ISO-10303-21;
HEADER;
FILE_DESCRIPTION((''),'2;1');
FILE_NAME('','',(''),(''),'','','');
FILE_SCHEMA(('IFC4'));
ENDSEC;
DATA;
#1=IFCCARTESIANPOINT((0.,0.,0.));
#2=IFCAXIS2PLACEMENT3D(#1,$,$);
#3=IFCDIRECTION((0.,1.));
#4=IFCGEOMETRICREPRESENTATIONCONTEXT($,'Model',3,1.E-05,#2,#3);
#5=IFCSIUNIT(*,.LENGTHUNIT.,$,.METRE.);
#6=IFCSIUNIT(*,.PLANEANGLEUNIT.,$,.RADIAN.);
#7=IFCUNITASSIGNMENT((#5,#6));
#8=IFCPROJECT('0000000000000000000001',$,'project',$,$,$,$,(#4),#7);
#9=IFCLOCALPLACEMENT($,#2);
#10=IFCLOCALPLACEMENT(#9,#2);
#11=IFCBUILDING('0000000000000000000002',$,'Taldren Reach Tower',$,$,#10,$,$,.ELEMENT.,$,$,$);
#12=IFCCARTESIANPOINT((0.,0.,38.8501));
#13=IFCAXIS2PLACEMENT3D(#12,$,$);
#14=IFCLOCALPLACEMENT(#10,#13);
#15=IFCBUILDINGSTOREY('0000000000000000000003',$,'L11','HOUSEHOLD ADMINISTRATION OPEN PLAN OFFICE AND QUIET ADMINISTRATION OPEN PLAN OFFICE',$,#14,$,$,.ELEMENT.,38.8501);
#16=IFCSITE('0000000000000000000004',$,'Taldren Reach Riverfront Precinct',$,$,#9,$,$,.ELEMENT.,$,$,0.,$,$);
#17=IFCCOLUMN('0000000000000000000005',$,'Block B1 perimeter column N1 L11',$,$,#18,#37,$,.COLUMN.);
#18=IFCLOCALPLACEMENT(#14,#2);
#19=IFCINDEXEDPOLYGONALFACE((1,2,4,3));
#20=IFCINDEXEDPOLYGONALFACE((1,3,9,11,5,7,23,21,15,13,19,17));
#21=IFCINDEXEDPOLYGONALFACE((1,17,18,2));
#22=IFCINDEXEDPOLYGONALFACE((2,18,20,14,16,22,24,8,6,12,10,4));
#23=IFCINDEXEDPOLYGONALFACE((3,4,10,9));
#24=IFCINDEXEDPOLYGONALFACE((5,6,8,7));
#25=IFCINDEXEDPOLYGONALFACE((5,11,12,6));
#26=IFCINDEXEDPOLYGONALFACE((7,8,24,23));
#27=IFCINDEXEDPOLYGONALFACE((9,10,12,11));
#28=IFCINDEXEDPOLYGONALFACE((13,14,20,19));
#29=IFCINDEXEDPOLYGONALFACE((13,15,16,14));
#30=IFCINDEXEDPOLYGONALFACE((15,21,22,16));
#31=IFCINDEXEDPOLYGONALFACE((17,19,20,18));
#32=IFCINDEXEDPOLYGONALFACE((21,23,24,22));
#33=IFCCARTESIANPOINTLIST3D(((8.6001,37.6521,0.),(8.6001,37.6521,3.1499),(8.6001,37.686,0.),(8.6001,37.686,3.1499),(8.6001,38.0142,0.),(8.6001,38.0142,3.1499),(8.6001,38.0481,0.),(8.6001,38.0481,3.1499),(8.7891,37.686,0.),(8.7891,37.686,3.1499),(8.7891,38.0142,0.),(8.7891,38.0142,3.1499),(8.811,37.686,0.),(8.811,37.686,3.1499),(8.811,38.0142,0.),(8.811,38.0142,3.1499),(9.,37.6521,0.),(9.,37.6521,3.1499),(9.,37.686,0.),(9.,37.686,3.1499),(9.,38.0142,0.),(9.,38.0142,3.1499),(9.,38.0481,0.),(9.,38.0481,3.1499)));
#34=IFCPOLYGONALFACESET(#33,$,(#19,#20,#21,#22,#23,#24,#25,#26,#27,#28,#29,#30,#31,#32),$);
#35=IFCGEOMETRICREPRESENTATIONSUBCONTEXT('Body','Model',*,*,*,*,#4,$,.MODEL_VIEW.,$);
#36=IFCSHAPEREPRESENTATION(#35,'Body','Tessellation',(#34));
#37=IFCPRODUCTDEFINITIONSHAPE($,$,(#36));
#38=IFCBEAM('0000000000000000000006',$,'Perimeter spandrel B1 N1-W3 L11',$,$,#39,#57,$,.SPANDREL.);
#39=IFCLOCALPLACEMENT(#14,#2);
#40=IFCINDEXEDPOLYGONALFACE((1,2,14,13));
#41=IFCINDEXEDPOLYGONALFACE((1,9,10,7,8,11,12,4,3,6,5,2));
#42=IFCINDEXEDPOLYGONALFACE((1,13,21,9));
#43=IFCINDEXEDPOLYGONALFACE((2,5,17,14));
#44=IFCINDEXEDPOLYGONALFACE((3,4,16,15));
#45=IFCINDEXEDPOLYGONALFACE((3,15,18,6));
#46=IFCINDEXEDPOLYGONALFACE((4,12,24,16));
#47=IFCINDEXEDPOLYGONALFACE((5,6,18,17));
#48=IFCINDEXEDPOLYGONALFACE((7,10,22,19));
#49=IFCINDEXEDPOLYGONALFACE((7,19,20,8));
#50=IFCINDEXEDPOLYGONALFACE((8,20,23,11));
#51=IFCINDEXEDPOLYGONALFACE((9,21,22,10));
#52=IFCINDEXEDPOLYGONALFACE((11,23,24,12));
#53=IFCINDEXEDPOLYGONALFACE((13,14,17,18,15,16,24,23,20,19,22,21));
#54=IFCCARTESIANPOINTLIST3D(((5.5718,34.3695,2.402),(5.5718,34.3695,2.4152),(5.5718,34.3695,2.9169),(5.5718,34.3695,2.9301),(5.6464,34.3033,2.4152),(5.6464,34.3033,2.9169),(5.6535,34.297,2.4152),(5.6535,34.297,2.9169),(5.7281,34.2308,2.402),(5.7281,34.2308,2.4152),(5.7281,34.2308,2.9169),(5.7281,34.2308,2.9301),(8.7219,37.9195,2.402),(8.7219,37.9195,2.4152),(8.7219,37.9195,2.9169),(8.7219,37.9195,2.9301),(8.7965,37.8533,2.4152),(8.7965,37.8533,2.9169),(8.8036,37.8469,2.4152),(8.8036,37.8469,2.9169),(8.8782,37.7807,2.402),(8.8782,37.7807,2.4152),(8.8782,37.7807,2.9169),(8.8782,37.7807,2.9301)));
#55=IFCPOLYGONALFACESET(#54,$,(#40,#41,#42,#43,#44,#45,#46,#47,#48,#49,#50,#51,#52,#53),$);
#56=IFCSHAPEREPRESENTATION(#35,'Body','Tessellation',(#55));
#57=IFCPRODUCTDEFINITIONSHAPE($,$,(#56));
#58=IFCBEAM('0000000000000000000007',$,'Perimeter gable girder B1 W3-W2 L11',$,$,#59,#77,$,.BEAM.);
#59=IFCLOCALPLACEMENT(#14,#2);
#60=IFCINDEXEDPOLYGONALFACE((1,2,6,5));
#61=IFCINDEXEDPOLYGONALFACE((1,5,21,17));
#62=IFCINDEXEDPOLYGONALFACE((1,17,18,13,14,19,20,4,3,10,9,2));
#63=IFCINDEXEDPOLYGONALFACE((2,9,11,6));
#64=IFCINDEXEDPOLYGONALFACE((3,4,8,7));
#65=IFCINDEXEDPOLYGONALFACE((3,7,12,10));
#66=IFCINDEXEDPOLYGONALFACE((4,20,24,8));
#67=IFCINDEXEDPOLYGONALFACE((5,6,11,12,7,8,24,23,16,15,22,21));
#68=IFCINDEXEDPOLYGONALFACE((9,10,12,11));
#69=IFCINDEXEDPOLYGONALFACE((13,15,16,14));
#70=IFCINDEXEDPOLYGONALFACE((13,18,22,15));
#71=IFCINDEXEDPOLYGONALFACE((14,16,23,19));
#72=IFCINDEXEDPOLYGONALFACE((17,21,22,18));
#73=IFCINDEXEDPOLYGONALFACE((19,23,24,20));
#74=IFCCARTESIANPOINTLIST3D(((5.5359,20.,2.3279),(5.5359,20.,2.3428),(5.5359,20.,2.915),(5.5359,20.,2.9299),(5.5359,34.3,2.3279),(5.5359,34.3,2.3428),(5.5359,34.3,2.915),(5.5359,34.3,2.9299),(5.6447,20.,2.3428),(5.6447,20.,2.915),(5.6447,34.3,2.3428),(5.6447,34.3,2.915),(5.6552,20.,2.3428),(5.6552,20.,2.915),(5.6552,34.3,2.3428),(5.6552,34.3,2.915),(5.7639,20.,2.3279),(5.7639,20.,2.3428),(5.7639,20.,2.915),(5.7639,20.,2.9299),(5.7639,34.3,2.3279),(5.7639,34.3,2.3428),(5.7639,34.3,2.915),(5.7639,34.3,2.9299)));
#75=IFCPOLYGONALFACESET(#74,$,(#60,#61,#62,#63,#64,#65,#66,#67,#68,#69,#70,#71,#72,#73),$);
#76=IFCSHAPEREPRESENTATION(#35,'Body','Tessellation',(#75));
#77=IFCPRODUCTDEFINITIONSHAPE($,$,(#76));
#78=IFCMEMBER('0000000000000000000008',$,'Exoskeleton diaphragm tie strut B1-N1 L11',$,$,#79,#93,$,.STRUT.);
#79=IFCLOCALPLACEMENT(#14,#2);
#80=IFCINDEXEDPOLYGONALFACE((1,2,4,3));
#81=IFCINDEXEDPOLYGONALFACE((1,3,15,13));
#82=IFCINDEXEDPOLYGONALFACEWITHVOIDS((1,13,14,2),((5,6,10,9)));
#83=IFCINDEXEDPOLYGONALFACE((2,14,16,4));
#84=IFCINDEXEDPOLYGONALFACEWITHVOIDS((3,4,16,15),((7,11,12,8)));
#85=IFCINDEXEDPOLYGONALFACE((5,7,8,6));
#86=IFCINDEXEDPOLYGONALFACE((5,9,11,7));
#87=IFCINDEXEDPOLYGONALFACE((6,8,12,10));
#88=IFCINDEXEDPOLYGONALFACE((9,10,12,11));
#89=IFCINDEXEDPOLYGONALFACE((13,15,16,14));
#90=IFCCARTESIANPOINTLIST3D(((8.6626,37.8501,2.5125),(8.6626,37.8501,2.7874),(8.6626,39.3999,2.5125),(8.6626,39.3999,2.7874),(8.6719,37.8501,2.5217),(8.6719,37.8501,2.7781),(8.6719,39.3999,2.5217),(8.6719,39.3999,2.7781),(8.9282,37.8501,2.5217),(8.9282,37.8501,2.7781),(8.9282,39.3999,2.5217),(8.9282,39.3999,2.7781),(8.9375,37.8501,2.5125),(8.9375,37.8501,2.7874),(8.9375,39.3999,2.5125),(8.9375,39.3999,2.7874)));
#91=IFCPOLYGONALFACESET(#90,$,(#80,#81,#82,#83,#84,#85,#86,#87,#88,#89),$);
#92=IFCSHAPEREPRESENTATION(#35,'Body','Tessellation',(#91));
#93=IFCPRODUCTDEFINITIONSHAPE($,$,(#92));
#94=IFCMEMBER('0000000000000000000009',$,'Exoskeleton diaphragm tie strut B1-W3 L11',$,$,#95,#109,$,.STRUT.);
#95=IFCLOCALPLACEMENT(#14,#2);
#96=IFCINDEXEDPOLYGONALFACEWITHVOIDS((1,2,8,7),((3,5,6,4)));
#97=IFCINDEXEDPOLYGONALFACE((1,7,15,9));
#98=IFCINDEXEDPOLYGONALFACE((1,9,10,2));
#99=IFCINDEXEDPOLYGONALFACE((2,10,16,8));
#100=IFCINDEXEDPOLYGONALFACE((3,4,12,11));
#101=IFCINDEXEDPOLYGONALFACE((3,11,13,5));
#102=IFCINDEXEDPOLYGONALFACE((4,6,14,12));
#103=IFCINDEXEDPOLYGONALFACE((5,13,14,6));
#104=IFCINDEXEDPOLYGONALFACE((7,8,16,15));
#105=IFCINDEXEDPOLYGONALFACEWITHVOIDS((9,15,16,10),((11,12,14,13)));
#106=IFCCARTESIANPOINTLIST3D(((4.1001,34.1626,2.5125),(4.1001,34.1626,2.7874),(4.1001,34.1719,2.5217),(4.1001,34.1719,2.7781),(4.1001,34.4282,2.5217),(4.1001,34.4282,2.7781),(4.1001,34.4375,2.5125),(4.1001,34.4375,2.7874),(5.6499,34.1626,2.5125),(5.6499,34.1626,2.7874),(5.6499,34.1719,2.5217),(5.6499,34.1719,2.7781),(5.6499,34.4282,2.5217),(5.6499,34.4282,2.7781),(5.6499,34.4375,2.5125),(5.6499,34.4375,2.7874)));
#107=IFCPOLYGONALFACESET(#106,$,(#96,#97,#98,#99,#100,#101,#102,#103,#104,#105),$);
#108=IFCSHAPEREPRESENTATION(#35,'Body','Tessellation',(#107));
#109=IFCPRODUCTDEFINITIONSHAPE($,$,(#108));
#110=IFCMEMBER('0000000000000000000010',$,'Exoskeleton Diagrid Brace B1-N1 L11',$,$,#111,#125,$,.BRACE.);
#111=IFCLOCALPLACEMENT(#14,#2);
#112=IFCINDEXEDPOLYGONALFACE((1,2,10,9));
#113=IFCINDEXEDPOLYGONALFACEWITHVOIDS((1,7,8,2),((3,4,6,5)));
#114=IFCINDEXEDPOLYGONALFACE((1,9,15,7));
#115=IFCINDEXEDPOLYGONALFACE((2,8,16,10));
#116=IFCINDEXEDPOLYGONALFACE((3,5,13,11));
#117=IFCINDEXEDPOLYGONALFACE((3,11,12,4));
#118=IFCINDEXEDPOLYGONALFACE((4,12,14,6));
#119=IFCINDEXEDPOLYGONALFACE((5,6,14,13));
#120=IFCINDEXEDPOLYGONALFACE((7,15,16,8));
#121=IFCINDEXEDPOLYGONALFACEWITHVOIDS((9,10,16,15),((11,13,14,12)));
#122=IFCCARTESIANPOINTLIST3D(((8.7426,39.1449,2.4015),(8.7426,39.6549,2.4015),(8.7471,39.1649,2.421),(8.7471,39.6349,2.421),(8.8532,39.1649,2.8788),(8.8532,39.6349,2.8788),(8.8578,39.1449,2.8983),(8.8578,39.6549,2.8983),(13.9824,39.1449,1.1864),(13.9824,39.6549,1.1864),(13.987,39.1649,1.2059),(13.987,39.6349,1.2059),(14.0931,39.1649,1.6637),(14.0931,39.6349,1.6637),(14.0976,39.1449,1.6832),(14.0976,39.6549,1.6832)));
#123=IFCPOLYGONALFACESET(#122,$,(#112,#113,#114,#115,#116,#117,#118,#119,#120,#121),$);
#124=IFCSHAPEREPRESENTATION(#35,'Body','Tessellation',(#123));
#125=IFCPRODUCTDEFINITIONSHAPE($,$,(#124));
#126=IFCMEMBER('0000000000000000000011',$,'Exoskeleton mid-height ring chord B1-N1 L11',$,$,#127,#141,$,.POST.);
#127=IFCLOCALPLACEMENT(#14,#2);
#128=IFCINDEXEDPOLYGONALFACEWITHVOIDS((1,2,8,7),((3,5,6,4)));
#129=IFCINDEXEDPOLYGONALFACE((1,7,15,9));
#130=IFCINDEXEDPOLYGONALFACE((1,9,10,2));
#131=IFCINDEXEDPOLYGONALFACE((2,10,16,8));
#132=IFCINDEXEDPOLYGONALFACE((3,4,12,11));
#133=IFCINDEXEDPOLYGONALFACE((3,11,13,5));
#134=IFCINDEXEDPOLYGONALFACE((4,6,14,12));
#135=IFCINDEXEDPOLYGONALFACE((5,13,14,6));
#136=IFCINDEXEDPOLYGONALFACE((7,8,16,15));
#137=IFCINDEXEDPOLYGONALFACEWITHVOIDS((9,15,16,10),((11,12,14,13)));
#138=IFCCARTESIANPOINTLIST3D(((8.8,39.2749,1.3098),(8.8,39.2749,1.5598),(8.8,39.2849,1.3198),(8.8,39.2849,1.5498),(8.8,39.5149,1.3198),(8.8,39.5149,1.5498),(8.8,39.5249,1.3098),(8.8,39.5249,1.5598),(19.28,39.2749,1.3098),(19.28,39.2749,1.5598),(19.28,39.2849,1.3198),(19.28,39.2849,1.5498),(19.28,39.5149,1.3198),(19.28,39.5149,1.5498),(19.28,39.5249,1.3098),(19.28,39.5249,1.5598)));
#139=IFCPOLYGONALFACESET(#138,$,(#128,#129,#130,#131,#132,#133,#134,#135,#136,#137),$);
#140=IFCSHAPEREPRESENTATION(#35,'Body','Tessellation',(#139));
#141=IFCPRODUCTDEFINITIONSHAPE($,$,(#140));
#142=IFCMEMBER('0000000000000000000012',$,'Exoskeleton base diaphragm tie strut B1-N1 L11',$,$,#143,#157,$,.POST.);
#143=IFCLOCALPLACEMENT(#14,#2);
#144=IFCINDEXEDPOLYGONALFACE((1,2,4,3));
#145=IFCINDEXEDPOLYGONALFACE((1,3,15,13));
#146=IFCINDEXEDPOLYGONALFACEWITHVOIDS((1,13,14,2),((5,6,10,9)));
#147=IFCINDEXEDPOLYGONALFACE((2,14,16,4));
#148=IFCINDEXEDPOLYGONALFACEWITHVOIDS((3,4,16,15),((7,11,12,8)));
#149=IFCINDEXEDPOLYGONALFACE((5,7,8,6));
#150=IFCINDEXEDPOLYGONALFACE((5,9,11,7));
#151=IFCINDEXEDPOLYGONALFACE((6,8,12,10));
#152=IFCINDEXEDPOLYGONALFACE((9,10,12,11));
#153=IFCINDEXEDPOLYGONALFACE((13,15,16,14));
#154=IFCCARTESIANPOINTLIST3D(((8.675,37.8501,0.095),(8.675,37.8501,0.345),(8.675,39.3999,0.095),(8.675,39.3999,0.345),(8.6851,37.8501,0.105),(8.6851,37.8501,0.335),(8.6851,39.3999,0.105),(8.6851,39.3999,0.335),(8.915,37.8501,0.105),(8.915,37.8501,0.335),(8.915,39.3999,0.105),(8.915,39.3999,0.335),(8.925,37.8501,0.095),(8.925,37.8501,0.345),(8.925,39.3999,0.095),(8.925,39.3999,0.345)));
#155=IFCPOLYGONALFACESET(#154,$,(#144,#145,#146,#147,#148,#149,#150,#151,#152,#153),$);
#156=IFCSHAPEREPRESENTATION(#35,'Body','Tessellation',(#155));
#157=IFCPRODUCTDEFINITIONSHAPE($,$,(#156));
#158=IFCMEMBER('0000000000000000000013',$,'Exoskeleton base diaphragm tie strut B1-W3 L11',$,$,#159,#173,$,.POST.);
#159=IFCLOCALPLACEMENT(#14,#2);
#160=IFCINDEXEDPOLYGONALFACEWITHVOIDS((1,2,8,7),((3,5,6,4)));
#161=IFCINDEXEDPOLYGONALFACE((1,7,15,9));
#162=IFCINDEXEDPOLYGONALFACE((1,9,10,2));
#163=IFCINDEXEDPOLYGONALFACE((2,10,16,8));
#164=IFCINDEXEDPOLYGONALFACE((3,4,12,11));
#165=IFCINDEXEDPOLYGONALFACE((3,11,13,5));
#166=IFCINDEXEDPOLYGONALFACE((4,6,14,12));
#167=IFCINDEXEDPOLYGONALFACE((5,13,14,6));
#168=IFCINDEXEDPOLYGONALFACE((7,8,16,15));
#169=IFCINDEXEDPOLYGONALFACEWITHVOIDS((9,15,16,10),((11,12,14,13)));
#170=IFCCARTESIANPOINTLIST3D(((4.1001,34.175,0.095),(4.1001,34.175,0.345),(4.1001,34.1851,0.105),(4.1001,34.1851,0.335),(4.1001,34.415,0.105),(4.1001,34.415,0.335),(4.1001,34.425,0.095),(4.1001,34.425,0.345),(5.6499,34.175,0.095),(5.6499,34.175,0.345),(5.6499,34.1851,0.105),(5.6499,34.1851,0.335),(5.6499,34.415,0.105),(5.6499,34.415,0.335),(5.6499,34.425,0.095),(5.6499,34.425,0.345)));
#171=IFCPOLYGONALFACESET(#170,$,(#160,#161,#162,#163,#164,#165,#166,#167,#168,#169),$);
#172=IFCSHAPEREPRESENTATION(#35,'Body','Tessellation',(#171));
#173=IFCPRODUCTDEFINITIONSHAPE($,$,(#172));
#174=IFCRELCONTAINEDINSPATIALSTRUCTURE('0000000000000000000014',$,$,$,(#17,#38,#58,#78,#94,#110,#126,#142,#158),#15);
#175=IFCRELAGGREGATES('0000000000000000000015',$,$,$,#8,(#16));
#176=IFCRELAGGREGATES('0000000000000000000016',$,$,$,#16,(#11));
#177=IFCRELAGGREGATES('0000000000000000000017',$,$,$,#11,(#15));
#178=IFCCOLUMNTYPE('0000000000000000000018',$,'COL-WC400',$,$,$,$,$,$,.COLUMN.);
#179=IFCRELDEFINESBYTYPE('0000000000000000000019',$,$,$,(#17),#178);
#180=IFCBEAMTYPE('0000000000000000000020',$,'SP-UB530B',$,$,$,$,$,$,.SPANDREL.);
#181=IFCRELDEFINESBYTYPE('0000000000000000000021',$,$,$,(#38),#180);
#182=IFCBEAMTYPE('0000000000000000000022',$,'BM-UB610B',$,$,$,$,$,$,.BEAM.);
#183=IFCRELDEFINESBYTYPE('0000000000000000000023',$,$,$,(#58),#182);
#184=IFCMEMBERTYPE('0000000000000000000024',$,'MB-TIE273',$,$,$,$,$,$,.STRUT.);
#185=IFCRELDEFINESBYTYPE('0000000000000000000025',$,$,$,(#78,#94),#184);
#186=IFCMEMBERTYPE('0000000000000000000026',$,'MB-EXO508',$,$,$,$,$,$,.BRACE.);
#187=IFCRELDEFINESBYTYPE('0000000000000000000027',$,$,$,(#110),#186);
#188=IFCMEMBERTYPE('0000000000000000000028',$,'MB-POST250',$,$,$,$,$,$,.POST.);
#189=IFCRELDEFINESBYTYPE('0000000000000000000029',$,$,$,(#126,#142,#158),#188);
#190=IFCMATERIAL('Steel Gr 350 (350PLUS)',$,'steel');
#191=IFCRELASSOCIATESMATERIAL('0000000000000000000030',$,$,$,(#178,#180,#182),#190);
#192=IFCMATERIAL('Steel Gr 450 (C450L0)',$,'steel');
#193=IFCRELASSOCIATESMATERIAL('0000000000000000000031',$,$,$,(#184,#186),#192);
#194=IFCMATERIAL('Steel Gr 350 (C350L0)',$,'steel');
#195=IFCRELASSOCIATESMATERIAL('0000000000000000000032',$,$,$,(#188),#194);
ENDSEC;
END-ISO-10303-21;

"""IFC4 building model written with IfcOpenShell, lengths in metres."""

from ifc_helpers import new_model, si_unit, direction, frame, origin, origin_2d, place, context, subcontext, project, spatial, hollow_rectangle, i_section, extrude, source, transform, mapped, material, material_profile, profile_set, type_object, element, save


model = new_model("IFC4")

# Units and contexts
model_context = context("Model", 3, precision=1e-05, world=origin(), true_north=direction((0.0, 1.0)))
body_context = subcontext(model_context, "Body", "Model", "MODEL_VIEW")
ifc_project = project(units=[si_unit("LENGTHUNIT", "METRE"), si_unit("PLANEANGLEUNIT", "RADIAN")], contexts=[model_context])

# Site, building, storey
site_placement = place(None, origin())
site = spatial("IfcSite", under=ifc_project, at=site_placement, Name="Taldren Reach Riverfront Precinct", CompositionType="ELEMENT", RefElevation=0.0)
building_placement = place(site_placement, origin())
building = spatial("IfcBuilding", under=site, at=building_placement, Name="Taldren Reach Tower", CompositionType="ELEMENT")
storey_placement = place(building_placement, frame((0.0, 0.0, 38.8501)))
storey = spatial("IfcBuildingStorey", under=building, at=storey_placement, Name="L11", Description="HOUSEHOLD ADMINISTRATION OPEN PLAN OFFICE AND QUIET ADMINISTRATION OPEN PLAN OFFICE", CompositionType="ELEMENT", Elevation=38.8501)

# Column
ifc_material_1 = material(Name="Steel Gr 350 (350PLUS)", Category="steel")
ifc_material_profile_1 = material_profile(ifc_material_1, i_section(OverallWidth=0.3999, OverallDepth=0.396, WebThickness=0.022, FlangeThickness=0.0339, at=origin_2d()), Name="400WC270")
ifc_profile_set_1 = profile_set([ifc_material_profile_1], Name="Steel Gr 350 (350PLUS)")
column_type = type_object("IfcColumnType", Name="COL-WC400", PredefinedType="COLUMN", material=ifc_profile_set_1)
shared_shape_1 = source(origin(), body_context, "Body", "SweptSolid", [
    extrude(i_section(OverallWidth=0.3999, OverallDepth=0.396, WebThickness=0.022, FlangeThickness=0.0339, at=origin_2d()), origin(), (0.0, 0.0, 1.0), 3.1499),
])
column_placement = place(storey_placement, frame((8.8, 37.8501, 0.0), z_axis=(0.0, 0.0, 1.0), x_axis=(1.0, 0.0, 0.0)))
element("IfcColumn", 1, at=column_placement, inside=storey, type_object=column_type, Name="Block B1 perimeter column N1 L11", PredefinedType="COLUMN", context=body_context, shape_type="MappedRepresentation", body=[
    mapped(shared_shape_1, transform((0.0, 0.0, 0.0), scale=1.0)),
])

# Beams
ifc_material_profile_2 = material_profile(ifc_material_1, i_section(OverallWidth=0.209, OverallDepth=0.5281, WebThickness=0.0095, FlangeThickness=0.0132, at=origin_2d()), Name="530UB82.0")
ifc_profile_set_2 = profile_set([ifc_material_profile_2], Name="Steel Gr 350 (350PLUS)")
beam_type_1 = type_object("IfcBeamType", Name="SP-UB530B", PredefinedType="SPANDREL", material=ifc_profile_set_2)
shared_shape_2 = source(origin(), body_context, "Body", "SweptSolid", [
    extrude(i_section(OverallWidth=0.209, OverallDepth=0.5281, WebThickness=0.0095, FlangeThickness=0.0132, at=origin_2d()), origin(), (0.0, 0.0, 1.0), 4.7461),
])
beam_1_placement = place(storey_placement, frame((8.8, 37.8501, 2.666), z_axis=(-0.663722, -0.747979, 0.0), x_axis=(0.747979, -0.663722, 0.0)))
element("IfcBeam", 2, at=beam_1_placement, inside=storey, type_object=beam_type_1, Name="Perimeter spandrel B1 N1-W3 L11", PredefinedType="SPANDREL", context=body_context, shape_type="MappedRepresentation", body=[
    mapped(shared_shape_2, transform((0.0, 0.0, 0.0), scale=1.0)),
])
ifc_material_profile_3 = material_profile(ifc_material_1, i_section(OverallWidth=0.228, OverallDepth=0.6021, WebThickness=0.0105, FlangeThickness=0.0149, at=origin_2d()), Name="610UB101")
ifc_profile_set_3 = profile_set([ifc_material_profile_3], Name="Steel Gr 350 (350PLUS)")
beam_type_2 = type_object("IfcBeamType", Name="BM-UB610B", PredefinedType="BEAM", material=ifc_profile_set_3)
shared_shape_3 = source(origin(), body_context, "Body", "SweptSolid", [
    extrude(i_section(OverallWidth=0.228, OverallDepth=0.6021, WebThickness=0.0105, FlangeThickness=0.0149, at=origin_2d()), origin(), (0.0, 0.0, 1.0), 14.3),
])
beam_2_placement = place(storey_placement, frame((5.6499, 34.3, 2.6289), z_axis=(0.0, -1.0, 0.0), x_axis=(1.0, 0.0, 0.0)))
element("IfcBeam", 3, at=beam_2_placement, inside=storey, type_object=beam_type_2, Name="Perimeter gable girder B1 W3-W2 L11", PredefinedType="BEAM", context=body_context, shape_type="MappedRepresentation", body=[
    mapped(shared_shape_3, transform((0.0, 0.0, 0.0), scale=1.0)),
])

# Members
ifc_material_2 = material(Name="Steel Gr 450 (C450L0)", Category="steel")
ifc_material_profile_4 = material_profile(ifc_material_2, hollow_rectangle(XDim=0.2749, YDim=0.2749, WallThickness=0.0093, at=origin_2d()), Name="275x275x9.3SHS")
ifc_profile_set_4 = profile_set([ifc_material_profile_4], Name="Steel Gr 450 (C450L0)")
member_type_1 = type_object("IfcMemberType", Name="MB-TIE273", PredefinedType="STRUT", material=ifc_profile_set_4)
shared_shape_4 = source(origin(), body_context, "Body", "SweptSolid", [
    extrude(hollow_rectangle(XDim=0.2749, YDim=0.2749, WallThickness=0.0093, at=origin_2d()), origin(), (0.0, 0.0, 1.0), 1.5498),
])
for number, where, z_axis, x_axis, name in (
    (4, (8.8, 37.8501, 2.6499), (0.0, 1.0, 0.0), (-1.0, 0.0, 0.0), "Exoskeleton diaphragm tie strut B1-N1 L11"),
    (5, (5.6499, 34.3, 2.6499), (-1.0, 0.0, 0.0), (0.0, -1.0, 0.0), "Exoskeleton diaphragm tie strut B1-W3 L11"),
):
    element("IfcMember", number, at=place(storey_placement, frame(where, z_axis=z_axis, x_axis=x_axis)), inside=storey, type_object=member_type_1, Name=name, PredefinedType="STRUT", context=body_context, shape_type="MappedRepresentation", body=[
        mapped(shared_shape_4, transform((0.0, 0.0, 0.0), scale=1.0)),
    ])
ifc_material_profile_5 = material_profile(ifc_material_2, hollow_rectangle(XDim=0.51, YDim=0.51, WallThickness=0.02, at=origin_2d()), Name="510x510x20.0SHS")
ifc_profile_set_5 = profile_set([ifc_material_profile_5], Name="Steel Gr 450 (C450L0)")
member_type_2 = type_object("IfcMemberType", Name="MB-EXO508", PredefinedType="BRACE", material=ifc_profile_set_5)
shared_shape_5 = source(origin(), body_context, "Body", "SweptSolid", [
    extrude(hollow_rectangle(XDim=0.51, YDim=0.51, WallThickness=0.02, at=origin_2d()), origin(), (0.0, 0.0, 1.0), 5.3789),
])
member_1_placement = place(storey_placement, frame((14.04, 39.3999, 1.4348), z_axis=(-0.974152, 0.0, 0.225894), x_axis=(0.0, -1.0, 0.0)))
element("IfcMember", 6, at=member_1_placement, inside=storey, type_object=member_type_2, Name="Exoskeleton Diagrid Brace B1-N1 L11", PredefinedType="BRACE", context=body_context, shape_type="MappedRepresentation", body=[
    mapped(shared_shape_5, transform((0.0, 0.0, 0.0), scale=1.0)),
])
ifc_material_3 = material(Name="Steel Gr 350 (C350L0)", Category="steel")
ifc_material_profile_6 = material_profile(ifc_material_3, hollow_rectangle(XDim=0.25, YDim=0.25, WallThickness=0.01, at=origin_2d()), Name="250x250x10.0SHS")
ifc_profile_set_6 = profile_set([ifc_material_profile_6], Name="Steel Gr 350 (C350L0)")
member_type_3 = type_object("IfcMemberType", Name="MB-POST250", PredefinedType="POST", material=ifc_profile_set_6)
shared_shape_6 = source(origin(), body_context, "Body", "SweptSolid", [
    extrude(hollow_rectangle(XDim=0.25, YDim=0.25, WallThickness=0.01, at=origin_2d()), origin(), (0.0, 0.0, 1.0), 10.48),
])
member_2_placement = place(storey_placement, frame((8.8, 39.3999, 1.4348), z_axis=(1.0, 0.0, 0.0), x_axis=(0.0, 1.0, 0.0)))
element("IfcMember", 7, at=member_2_placement, inside=storey, type_object=member_type_3, Name="Exoskeleton mid-height ring chord B1-N1 L11", PredefinedType="POST", context=body_context, shape_type="MappedRepresentation", body=[
    mapped(shared_shape_6, transform((0.0, 0.0, 0.0), scale=1.0)),
])
shared_shape_7 = source(origin(), body_context, "Body", "SweptSolid", [
    extrude(hollow_rectangle(XDim=0.25, YDim=0.25, WallThickness=0.01, at=origin_2d()), origin(), (0.0, 0.0, 1.0), 1.5498),
])
for number, where, z_axis, x_axis, name in (
    (8, (8.8, 37.8501, 0.22), (0.0, 1.0, 0.0), (-1.0, 0.0, 0.0), "Exoskeleton base diaphragm tie strut B1-N1 L11"),
    (9, (5.6499, 34.3, 0.22), (-1.0, 0.0, 0.0), (0.0, -1.0, 0.0), "Exoskeleton base diaphragm tie strut B1-W3 L11"),
):
    element("IfcMember", number, at=place(storey_placement, frame(where, z_axis=z_axis, x_axis=x_axis)), inside=storey, type_object=member_type_3, Name=name, PredefinedType="POST", context=body_context, shape_type="MappedRepresentation", body=[
        mapped(shared_shape_7, transform((0.0, 0.0, 0.0), scale=1.0)),
    ])

save(model, "model.ifc")
